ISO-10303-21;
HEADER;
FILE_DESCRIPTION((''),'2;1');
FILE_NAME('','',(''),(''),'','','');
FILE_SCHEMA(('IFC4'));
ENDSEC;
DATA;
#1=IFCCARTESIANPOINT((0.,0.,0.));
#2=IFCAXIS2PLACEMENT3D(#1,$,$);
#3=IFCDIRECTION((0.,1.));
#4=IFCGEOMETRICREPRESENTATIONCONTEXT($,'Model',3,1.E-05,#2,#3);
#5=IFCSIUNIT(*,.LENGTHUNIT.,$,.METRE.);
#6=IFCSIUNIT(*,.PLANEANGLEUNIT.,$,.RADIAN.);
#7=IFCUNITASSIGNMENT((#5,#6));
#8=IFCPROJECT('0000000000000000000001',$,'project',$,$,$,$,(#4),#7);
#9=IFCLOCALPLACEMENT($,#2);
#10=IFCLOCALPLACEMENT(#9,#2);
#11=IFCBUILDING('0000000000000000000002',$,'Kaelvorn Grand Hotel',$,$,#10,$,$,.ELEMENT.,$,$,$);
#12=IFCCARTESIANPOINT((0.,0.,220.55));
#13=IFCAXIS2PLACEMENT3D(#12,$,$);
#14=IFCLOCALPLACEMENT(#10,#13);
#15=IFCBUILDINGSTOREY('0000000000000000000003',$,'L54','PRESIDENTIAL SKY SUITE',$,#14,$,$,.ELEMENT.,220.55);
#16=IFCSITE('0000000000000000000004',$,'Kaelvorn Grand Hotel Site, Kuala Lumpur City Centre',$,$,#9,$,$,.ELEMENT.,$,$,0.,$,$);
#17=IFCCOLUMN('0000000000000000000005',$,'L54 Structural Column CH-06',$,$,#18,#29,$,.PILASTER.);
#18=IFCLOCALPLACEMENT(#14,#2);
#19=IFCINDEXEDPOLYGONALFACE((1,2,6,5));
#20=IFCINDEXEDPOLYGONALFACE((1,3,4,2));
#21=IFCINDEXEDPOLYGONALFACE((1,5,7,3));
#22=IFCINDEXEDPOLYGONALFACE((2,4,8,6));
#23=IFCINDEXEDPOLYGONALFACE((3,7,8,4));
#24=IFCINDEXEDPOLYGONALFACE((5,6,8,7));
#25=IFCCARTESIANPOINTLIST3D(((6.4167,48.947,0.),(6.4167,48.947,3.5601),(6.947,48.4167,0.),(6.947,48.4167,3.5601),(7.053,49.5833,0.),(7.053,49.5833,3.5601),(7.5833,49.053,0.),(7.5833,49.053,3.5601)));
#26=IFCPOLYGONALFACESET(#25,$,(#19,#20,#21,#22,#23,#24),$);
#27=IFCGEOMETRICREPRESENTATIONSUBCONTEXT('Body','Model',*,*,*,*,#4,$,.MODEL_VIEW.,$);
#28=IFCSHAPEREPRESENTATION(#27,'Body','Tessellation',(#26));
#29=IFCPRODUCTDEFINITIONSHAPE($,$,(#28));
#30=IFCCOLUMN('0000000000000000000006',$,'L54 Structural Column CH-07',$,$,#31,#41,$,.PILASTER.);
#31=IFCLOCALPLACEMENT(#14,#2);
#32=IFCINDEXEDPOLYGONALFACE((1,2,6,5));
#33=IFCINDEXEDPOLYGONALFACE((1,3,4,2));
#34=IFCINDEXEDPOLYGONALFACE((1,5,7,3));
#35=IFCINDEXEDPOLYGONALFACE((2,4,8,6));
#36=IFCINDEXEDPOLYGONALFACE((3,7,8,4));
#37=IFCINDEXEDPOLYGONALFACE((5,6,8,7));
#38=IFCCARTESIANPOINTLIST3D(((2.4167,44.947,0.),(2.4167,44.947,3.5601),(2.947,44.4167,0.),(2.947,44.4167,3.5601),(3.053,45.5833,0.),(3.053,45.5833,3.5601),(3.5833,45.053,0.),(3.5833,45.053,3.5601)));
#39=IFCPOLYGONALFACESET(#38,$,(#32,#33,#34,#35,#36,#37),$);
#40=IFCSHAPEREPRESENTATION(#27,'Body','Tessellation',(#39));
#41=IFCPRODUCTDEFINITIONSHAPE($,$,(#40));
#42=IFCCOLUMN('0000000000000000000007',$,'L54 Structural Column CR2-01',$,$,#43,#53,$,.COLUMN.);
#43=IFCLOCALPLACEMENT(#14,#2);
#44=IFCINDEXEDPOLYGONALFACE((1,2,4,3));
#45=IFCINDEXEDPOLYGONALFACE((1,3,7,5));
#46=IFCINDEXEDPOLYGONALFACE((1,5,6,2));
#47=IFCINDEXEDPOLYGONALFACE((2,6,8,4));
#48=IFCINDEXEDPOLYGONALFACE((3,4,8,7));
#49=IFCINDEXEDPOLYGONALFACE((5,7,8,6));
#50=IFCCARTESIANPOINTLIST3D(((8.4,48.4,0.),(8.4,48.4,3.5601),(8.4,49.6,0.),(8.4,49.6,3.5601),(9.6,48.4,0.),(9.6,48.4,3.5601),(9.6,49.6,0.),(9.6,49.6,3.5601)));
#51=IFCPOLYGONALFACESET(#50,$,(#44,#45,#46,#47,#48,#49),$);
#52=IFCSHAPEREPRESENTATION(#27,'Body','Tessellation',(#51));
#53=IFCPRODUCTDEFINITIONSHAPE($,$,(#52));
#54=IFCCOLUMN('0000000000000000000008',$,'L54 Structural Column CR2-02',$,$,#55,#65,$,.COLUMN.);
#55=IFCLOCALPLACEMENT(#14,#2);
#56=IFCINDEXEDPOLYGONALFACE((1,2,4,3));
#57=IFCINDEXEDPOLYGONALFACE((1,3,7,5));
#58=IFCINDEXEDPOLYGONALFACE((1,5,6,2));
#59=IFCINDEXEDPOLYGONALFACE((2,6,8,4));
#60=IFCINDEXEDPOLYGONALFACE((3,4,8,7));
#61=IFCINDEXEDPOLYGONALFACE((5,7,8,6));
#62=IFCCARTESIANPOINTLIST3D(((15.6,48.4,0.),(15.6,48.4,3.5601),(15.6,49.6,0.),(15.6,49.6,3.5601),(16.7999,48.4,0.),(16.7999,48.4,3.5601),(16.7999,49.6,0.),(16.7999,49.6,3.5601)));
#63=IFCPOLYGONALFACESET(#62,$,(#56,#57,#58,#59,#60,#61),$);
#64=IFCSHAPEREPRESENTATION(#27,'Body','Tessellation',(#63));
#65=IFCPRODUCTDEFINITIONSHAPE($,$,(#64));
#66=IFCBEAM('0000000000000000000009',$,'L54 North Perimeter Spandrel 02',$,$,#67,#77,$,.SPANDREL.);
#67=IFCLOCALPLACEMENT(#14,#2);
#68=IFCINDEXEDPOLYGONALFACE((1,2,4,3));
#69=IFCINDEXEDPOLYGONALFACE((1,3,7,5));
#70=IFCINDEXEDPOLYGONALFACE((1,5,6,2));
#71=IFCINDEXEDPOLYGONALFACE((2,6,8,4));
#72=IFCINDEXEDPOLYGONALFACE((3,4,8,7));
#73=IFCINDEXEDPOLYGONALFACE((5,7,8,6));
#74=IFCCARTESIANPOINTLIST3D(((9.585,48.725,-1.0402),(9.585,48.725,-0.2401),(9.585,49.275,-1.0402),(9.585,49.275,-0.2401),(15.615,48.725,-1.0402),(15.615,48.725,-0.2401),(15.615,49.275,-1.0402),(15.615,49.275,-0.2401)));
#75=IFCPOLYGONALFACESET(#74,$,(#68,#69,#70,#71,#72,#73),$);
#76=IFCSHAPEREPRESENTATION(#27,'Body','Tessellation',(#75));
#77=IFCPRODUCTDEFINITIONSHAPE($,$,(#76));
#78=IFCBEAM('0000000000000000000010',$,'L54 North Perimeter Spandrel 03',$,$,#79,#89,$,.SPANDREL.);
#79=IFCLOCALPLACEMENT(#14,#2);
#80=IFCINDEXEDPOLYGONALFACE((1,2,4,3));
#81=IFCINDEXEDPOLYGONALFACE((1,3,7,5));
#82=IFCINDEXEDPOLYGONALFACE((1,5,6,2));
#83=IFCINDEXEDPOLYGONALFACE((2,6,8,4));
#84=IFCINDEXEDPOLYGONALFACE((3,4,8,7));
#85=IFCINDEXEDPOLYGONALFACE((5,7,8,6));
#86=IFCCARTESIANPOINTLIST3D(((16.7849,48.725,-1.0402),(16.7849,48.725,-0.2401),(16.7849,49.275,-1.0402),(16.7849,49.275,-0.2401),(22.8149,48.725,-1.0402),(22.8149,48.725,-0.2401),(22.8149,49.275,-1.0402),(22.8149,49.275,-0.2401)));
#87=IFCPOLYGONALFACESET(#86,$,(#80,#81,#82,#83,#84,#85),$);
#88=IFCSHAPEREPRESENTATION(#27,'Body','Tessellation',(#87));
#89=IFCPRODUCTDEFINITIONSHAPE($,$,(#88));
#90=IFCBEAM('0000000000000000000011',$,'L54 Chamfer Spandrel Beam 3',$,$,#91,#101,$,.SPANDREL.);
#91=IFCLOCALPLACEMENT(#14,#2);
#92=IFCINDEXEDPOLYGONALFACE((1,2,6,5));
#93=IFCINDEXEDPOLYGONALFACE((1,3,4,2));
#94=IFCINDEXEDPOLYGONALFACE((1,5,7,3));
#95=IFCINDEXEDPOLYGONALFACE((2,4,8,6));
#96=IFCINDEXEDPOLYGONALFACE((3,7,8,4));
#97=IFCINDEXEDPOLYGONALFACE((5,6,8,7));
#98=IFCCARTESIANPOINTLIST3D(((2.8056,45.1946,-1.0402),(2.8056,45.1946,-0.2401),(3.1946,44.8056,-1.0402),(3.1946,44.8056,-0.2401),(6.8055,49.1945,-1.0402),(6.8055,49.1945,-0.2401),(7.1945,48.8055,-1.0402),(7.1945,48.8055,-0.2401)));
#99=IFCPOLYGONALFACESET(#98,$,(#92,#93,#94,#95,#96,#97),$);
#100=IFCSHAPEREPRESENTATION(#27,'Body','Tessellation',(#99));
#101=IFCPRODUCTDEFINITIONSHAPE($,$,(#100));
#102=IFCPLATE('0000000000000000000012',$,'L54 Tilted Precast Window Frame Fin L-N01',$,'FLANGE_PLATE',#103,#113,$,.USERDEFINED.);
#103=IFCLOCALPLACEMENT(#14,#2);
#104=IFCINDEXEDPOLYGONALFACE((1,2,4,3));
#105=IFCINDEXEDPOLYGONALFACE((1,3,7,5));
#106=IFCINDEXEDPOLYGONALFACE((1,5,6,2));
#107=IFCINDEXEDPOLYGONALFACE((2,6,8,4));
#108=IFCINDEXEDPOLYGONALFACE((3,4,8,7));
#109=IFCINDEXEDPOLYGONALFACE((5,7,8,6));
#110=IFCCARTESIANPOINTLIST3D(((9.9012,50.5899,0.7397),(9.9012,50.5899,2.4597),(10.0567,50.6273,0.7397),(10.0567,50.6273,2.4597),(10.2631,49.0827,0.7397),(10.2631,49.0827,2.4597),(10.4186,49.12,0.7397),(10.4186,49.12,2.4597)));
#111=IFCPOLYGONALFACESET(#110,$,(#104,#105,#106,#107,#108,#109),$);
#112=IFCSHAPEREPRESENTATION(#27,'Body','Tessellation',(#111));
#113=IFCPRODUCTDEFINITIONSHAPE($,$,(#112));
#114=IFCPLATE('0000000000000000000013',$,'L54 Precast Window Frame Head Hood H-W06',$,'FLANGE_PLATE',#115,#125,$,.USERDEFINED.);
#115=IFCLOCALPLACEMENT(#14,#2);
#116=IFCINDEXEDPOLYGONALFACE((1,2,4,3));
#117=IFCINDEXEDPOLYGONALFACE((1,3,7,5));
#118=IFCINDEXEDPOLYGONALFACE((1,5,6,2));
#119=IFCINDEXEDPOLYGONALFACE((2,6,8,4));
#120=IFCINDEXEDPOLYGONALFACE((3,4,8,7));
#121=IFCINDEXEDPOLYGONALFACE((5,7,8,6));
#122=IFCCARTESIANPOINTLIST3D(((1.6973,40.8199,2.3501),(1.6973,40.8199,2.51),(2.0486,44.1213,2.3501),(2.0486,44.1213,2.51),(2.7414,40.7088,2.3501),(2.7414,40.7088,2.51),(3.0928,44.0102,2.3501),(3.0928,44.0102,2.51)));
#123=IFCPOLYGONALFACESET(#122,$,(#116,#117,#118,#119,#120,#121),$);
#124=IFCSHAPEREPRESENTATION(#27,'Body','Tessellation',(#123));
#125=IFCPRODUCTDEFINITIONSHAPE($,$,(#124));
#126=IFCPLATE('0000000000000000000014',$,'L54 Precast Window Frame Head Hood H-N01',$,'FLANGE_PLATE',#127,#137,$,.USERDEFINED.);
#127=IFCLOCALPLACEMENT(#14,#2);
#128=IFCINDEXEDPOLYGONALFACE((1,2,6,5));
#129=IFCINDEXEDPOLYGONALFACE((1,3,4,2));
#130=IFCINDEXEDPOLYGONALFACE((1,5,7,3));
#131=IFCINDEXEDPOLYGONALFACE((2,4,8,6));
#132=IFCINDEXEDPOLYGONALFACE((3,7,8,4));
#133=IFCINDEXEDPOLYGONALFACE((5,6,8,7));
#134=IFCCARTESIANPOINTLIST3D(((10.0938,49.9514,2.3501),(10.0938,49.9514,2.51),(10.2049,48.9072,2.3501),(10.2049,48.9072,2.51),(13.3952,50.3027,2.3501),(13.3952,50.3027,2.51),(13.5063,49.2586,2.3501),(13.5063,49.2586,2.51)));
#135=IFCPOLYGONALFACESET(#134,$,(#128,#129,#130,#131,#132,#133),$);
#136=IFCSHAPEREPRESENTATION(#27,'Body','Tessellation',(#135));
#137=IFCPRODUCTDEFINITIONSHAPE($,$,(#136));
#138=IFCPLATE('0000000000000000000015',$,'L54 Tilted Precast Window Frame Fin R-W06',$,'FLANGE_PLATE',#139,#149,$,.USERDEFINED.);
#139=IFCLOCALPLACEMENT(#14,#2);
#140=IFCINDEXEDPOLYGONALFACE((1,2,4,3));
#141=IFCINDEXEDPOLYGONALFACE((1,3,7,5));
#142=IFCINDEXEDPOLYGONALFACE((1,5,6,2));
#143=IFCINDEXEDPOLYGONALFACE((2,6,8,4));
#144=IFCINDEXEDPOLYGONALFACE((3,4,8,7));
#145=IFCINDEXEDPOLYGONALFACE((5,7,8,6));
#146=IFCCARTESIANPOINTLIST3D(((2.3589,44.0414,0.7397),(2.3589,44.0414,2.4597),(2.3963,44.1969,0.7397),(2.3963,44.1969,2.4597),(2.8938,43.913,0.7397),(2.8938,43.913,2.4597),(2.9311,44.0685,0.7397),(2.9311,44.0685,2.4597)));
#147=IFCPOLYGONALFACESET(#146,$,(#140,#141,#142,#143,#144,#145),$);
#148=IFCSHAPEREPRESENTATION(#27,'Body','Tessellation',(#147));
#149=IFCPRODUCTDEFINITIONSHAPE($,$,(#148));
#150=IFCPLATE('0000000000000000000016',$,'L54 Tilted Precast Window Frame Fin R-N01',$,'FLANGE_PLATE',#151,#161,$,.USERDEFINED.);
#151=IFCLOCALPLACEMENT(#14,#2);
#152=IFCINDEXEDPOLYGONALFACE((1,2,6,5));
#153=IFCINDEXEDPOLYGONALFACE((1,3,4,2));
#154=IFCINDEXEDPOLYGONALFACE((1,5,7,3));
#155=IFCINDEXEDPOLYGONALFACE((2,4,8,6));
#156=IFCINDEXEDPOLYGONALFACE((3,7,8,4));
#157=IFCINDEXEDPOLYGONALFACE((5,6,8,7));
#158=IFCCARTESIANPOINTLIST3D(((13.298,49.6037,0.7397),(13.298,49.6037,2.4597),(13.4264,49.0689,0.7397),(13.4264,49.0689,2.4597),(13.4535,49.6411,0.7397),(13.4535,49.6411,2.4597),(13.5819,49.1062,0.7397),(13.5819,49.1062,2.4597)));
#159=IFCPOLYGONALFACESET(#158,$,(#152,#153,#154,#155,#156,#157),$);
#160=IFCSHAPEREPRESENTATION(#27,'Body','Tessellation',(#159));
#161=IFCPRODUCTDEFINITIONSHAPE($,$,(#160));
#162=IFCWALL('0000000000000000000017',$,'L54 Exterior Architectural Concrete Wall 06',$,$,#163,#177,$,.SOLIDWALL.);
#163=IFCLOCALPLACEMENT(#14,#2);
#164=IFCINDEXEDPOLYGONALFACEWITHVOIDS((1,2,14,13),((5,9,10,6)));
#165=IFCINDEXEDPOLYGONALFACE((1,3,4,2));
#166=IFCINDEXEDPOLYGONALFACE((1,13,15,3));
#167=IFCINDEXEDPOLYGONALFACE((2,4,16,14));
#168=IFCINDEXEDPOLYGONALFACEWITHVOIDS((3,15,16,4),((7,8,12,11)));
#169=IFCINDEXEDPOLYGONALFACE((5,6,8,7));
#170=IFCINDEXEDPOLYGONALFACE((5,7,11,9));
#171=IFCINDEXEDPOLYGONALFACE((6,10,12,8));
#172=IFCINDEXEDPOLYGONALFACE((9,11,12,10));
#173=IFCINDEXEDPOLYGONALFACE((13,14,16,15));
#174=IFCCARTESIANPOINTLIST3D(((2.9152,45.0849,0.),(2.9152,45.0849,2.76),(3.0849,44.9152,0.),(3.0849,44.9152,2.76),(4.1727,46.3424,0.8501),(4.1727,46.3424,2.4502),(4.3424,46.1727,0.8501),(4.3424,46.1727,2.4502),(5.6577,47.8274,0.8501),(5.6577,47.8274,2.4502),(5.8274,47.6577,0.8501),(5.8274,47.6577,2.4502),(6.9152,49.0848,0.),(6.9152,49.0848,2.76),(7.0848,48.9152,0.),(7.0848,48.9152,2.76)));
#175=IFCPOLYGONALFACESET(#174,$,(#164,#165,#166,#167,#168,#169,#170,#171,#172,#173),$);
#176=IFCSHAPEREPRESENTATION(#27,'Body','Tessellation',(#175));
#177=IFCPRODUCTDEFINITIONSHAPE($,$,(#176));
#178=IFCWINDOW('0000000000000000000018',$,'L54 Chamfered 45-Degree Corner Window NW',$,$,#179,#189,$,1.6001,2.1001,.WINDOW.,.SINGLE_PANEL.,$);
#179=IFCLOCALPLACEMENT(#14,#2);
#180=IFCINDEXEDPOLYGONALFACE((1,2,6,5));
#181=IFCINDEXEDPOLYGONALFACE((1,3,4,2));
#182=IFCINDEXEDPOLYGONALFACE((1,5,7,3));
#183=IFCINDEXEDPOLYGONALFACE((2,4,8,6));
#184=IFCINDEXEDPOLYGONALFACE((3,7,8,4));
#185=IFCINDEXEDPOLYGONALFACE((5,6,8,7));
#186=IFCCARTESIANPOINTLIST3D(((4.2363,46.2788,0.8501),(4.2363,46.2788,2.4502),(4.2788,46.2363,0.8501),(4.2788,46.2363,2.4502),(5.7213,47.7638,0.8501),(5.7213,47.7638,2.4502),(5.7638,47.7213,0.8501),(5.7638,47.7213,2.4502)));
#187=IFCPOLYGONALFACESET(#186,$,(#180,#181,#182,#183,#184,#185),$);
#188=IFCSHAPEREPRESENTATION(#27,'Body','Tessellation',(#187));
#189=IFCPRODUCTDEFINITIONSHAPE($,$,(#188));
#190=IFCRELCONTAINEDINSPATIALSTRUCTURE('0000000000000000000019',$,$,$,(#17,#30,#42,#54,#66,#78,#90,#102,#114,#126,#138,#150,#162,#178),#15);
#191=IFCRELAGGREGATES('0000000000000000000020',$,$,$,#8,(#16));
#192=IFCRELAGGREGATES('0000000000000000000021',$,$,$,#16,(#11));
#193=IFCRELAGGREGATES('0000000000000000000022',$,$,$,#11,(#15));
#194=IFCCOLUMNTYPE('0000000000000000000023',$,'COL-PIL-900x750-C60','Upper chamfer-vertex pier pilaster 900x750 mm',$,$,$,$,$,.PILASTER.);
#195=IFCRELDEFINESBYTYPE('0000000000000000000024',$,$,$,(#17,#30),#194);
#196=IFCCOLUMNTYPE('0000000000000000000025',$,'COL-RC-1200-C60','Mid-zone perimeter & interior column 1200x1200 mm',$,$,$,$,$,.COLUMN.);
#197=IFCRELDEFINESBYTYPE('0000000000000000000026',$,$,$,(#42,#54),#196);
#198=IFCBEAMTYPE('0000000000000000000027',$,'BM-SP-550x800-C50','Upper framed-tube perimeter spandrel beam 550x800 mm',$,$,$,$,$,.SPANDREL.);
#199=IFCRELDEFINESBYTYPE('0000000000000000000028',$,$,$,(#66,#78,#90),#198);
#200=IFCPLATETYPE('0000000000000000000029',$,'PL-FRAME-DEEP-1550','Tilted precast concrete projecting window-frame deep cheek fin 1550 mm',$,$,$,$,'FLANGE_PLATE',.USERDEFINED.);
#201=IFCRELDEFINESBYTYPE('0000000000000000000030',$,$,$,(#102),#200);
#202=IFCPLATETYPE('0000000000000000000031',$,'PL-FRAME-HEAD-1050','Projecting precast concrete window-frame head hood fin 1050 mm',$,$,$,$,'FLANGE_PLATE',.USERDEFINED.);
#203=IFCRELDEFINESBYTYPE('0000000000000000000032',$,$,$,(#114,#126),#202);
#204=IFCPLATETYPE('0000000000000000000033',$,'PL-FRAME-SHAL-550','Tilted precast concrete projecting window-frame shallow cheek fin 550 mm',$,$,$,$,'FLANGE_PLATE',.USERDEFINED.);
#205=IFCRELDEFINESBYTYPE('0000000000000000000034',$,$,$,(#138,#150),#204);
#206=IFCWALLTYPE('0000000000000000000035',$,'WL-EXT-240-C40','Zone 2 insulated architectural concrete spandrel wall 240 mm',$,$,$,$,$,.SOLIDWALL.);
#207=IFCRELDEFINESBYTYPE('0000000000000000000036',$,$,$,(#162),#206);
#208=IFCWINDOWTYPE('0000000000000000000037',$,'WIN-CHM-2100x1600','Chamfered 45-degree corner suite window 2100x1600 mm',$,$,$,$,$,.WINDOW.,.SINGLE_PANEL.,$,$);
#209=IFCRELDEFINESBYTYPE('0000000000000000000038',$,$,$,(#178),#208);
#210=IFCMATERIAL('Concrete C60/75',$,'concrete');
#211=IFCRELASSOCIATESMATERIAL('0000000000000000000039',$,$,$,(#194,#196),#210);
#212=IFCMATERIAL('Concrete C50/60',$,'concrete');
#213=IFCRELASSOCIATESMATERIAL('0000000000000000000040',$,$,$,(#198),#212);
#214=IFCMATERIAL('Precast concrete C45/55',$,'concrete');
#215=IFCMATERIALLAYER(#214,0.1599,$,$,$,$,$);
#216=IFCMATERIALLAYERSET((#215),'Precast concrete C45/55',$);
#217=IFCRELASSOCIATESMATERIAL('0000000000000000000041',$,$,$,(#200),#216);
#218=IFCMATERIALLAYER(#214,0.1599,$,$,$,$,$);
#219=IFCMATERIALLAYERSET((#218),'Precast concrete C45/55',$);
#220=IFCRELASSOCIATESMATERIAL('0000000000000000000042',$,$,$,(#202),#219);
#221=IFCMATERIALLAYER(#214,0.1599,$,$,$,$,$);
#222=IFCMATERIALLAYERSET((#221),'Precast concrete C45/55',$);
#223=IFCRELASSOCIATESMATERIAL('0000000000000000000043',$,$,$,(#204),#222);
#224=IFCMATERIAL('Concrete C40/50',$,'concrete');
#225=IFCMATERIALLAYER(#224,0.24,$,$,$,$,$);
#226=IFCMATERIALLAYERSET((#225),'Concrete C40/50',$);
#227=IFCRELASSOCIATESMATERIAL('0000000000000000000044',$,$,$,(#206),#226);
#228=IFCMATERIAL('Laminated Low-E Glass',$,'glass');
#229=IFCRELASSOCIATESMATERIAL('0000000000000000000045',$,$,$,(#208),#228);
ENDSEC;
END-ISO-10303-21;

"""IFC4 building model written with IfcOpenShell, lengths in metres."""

from ifc_helpers import new_model, si_unit, direction, frame, frame_2d, origin, origin_2d, place, context, subcontext, project, spatial, rectangle, extrude, material, layer, layer_set, material_profile, profile_set, type_object, element, fill, save


model = new_model("IFC4")

# Units and contexts
model_context = context("Model", 3, precision=1e-05, world=origin(), true_north=direction((0.0, 1.0)))
body_context = subcontext(model_context, "Body", "Model", "MODEL_VIEW")
ifc_project = project(units=[si_unit("LENGTHUNIT", "METRE"), si_unit("PLANEANGLEUNIT", "RADIAN")], contexts=[model_context])

# Site, building, storey
site_placement = place(None, origin())
site = spatial("IfcSite", under=ifc_project, at=site_placement, Name="Kaelvorn Grand Hotel Site, Kuala Lumpur City Centre", CompositionType="ELEMENT", RefElevation=0.0)
building_placement = place(site_placement, origin())
building = spatial("IfcBuilding", under=site, at=building_placement, Name="Kaelvorn Grand Hotel", CompositionType="ELEMENT")
storey_placement = place(building_placement, frame((0.0, 0.0, 220.55)))
storey = spatial("IfcBuildingStorey", under=building, at=storey_placement, Name="L54", Description="PRESIDENTIAL SKY SUITE", CompositionType="ELEMENT", Elevation=220.55)

# Columns
ifc_material_1 = material(Name="Concrete C60/75", Category="concrete")
ifc_material_profile_1 = material_profile(ifc_material_1, rectangle(XDim=0.8999, YDim=0.75, at=origin_2d()), Name="RC PILASTER 900x750")
ifc_profile_set_1 = profile_set([ifc_material_profile_1], Name="Concrete C60/75")
column_type_1 = type_object("IfcColumnType", Name="COL-PIL-900x750-C60", Description="Upper chamfer-vertex pier pilaster 900x750 mm", PredefinedType="PILASTER", material=ifc_profile_set_1)
for number, where, z_axis, x_axis, name in (
    (1, (7.0, 49.0, 0.0), (0.0, 0.0, 1.0), (0.707107, 0.707107, 0.0), "L54 Structural Column CH-06"),
    (2, (3.0, 45.0, 0.0), (0.0, 0.0, 1.0), (0.707107, 0.707107, 0.0), "L54 Structural Column CH-07"),
):
    element("IfcColumn", number, at=place(storey_placement, frame(where, z_axis=z_axis, x_axis=x_axis)), inside=storey, type_object=column_type_1, Name=name, PredefinedType="PILASTER", context=body_context, shape_type="SweptSolid", body=[
        extrude(rectangle(XDim=0.8999, YDim=0.75, at=origin_2d()), origin(), (0.0, 0.0, 1.0), 3.5601),
    ])
ifc_material_profile_2 = material_profile(ifc_material_1, rectangle(XDim=1.2, YDim=1.2, at=origin_2d()), Name="RC COL 1200x1200")
ifc_profile_set_2 = profile_set([ifc_material_profile_2], Name="Concrete C60/75")
column_type_2 = type_object("IfcColumnType", Name="COL-RC-1200-C60", Description="Mid-zone perimeter & interior column 1200x1200 mm", PredefinedType="COLUMN", material=ifc_profile_set_2)
for number, where, z_axis, x_axis, name in (
    (3, (9.0, 49.0, 0.0), (0.0, 0.0, 1.0), (1.0, 0.0, 0.0), "L54 Structural Column CR2-01"),
    (4, (16.2, 49.0, 0.0), (0.0, 0.0, 1.0), (1.0, 0.0, 0.0), "L54 Structural Column CR2-02"),
):
    element("IfcColumn", number, at=place(storey_placement, frame(where, z_axis=z_axis, x_axis=x_axis)), inside=storey, type_object=column_type_2, Name=name, PredefinedType="COLUMN", context=body_context, shape_type="SweptSolid", body=[
        extrude(rectangle(XDim=1.2, YDim=1.2, at=origin_2d()), origin(), (0.0, 0.0, 1.0), 3.5601),
    ])

# Beams
ifc_material_2 = material(Name="Concrete C50/60", Category="concrete")
ifc_material_profile_3 = material_profile(ifc_material_2, rectangle(XDim=0.55, YDim=0.8, at=origin_2d()), Name="RC SPANDREL 550x800")
ifc_profile_set_3 = profile_set([ifc_material_profile_3], Name="Concrete C50/60")
beam_type = type_object("IfcBeamType", Name="BM-SP-550x800-C50", Description="Upper framed-tube perimeter spandrel beam 550x800 mm", PredefinedType="SPANDREL", material=ifc_profile_set_3)
for number, where, z_axis, x_axis, name in (
    (5, (9.585, 49.0, -0.6401), (1.0, 0.0, 0.0), (0.0, 1.0, 0.0), "L54 North Perimeter Spandrel 02"),
    (6, (16.7849, 49.0, -0.6401), (1.0, 0.0, 0.0), (0.0, 1.0, 0.0), "L54 North Perimeter Spandrel 03"),
):
    element("IfcBeam", number, at=place(storey_placement, frame(where, z_axis=z_axis, x_axis=x_axis)), inside=storey, type_object=beam_type, Name=name, PredefinedType="SPANDREL", context=body_context, shape_type="SweptSolid", body=[
        extrude(rectangle(XDim=0.55, YDim=0.8, at=origin_2d()), origin(), (0.0, 0.0, 1.0), 6.03),
    ])
beam_placement = place(storey_placement, frame((7.0, 49.0, -0.6401), z_axis=(-0.707107, -0.707107, 0.0), x_axis=(0.707107, -0.707107, 0.0)))
element("IfcBeam", 7, at=beam_placement, inside=storey, type_object=beam_type, Name="L54 Chamfer Spandrel Beam 3", PredefinedType="SPANDREL", context=body_context, shape_type="SweptSolid", body=[
    extrude(rectangle(XDim=0.55, YDim=0.8, at=origin_2d()), origin(), (0.0, 0.0, 1.0), 5.6567),
])

# Plates
ifc_material_3 = material(Name="Precast concrete C45/55", Category="concrete")
ifc_layer_1 = layer(ifc_material_3, 0.1599)
ifc_layer_set_1 = layer_set([ifc_layer_1], Name="Precast concrete C45/55")
plate_type_1 = type_object("IfcPlateType", Name="PL-FRAME-DEEP-1550", Description="Tilted precast concrete projecting window-frame deep cheek fin 1550 mm", ElementType="FLANGE_PLATE", PredefinedType="USERDEFINED", material=ifc_layer_set_1)
plate_placement = place(storey_placement, frame((10.1599, 49.855, 0.7397), z_axis=(0.0, 0.0, 1.0), x_axis=(0.97237, 0.233445, 0.0)))
element("IfcPlate", 8, at=plate_placement, inside=storey, type_object=plate_type_1, Name="L54 Tilted Precast Window Frame Fin L-N01", ObjectType="FLANGE_PLATE", PredefinedType="USERDEFINED", context=body_context, shape_type="SweptSolid", body=[
    extrude(rectangle(XDim=0.1599, YDim=1.55, at=origin_2d()), origin(), (0.0, 0.0, 1.0), 1.72),
])
ifc_layer_2 = layer(ifc_material_3, 0.1599)
ifc_layer_set_2 = layer_set([ifc_layer_2], Name="Precast concrete C45/55")
plate_type_2 = type_object("IfcPlateType", Name="PL-FRAME-HEAD-1050", Description="Projecting precast concrete window-frame head hood fin 1050 mm", ElementType="FLANGE_PLATE", PredefinedType="USERDEFINED", material=ifc_layer_set_2)
for number, where, z_axis, x_axis, name in (
    (9, (2.395, 42.415, 2.3501), (0.0, 0.0, 1.0), (0.10583, 0.994384, 0.0), "L54 Precast Window Frame Head Hood H-W06"),
    (10, (11.8, 49.605, 2.3501), (0.0, 0.0, 1.0), (0.994384, 0.10583, 0.0), "L54 Precast Window Frame Head Hood H-N01"),
):
    element("IfcPlate", number, at=place(storey_placement, frame(where, z_axis=z_axis, x_axis=x_axis)), inside=storey, type_object=plate_type_2, Name=name, ObjectType="FLANGE_PLATE", PredefinedType="USERDEFINED", context=body_context, shape_type="SweptSolid", body=[
        extrude(rectangle(XDim=3.3201, YDim=1.05, at=origin_2d()), origin(), (0.0, 0.0, 1.0), 0.1599),
    ])
ifc_layer_3 = layer(ifc_material_3, 0.1599)
ifc_layer_set_3 = layer_set([ifc_layer_3], Name="Precast concrete C45/55")
plate_type_3 = type_object("IfcPlateType", Name="PL-FRAME-SHAL-550", Description="Tilted precast concrete projecting window-frame shallow cheek fin 550 mm", ElementType="FLANGE_PLATE", PredefinedType="USERDEFINED", material=ifc_layer_set_3)
for number, where, z_axis, x_axis, name in (
    (11, (2.645, 44.0549, 0.7397), (0.0, 0.0, 1.0), (0.233445, 0.97237, 0.0), "L54 Tilted Precast Window Frame Fin R-W06"),
    (12, (13.4399, 49.355, 0.7397), (0.0, 0.0, 1.0), (0.97237, 0.233445, 0.0), "L54 Tilted Precast Window Frame Fin R-N01"),
):
    element("IfcPlate", number, at=place(storey_placement, frame(where, z_axis=z_axis, x_axis=x_axis)), inside=storey, type_object=plate_type_3, Name=name, ObjectType="FLANGE_PLATE", PredefinedType="USERDEFINED", context=body_context, shape_type="SweptSolid", body=[
        extrude(rectangle(XDim=0.1599, YDim=0.55, at=origin_2d()), origin(), (0.0, 0.0, 1.0), 1.72),
    ])

# Wall, opening, window
ifc_material_4 = material(Name="Concrete C40/50", Category="concrete")
ifc_layer_4 = layer(ifc_material_4, 0.24)
ifc_layer_set_4 = layer_set([ifc_layer_4], Name="Concrete C40/50")
wall_type_1 = type_object("IfcWallType", Name="WL-EXT-240-C40", Description="Zone 2 insulated architectural concrete spandrel wall 240 mm", PredefinedType="SOLIDWALL", material=ifc_layer_set_4)
wall_1_placement = place(storey_placement, frame((7.0, 49.0, 0.0), z_axis=(0.0, 0.0, 1.0), x_axis=(-0.707107, -0.707107, 0.0)))
wall_1 = element("IfcWall", 13, at=wall_1_placement, inside=storey, type_object=wall_type_1, Name="L54 Exterior Architectural Concrete Wall 06", PredefinedType="SOLIDWALL", context=body_context, shape_type="SweptSolid", body=[
    extrude(rectangle(XDim=5.6567, YDim=0.24, at=frame_2d((2.8284, 0.0))), origin(), (0.0, 0.0, 1.0), 2.76),
])
opening_1_placement = place(wall_1_placement, frame((1.7783, 0.0, 0.8501)))
opening_1 = element("IfcOpeningElement", 14, at=opening_1_placement, cuts=wall_1, PredefinedType="OPENING", context=body_context, shape_type="SweptSolid", body=[
    extrude(rectangle(XDim=2.1001, YDim=1.6001, at=frame_2d((1.05, 0.8))), frame((0.0, 0.1299, 0.0), z_axis=(0.0, -1.0, 0.0), x_axis=(1.0, 0.0, 0.0)), (0.0, 0.0, 1.0), 0.26),
])
ifc_material_5 = material(Name="Laminated Low-E Glass", Category="glass")
window_type_1 = type_object("IfcWindowType", Name="WIN-CHM-2100x1600", Description="Chamfered 45-degree corner suite window 2100x1600 mm", PartitioningType="SINGLE_PANEL", PredefinedType="WINDOW", material=ifc_material_5)
window_1_placement = place(opening_1_placement, origin())
window_1 = element("IfcWindow", 15, at=window_1_placement, inside=storey, type_object=window_type_1, Name="L54 Chamfered 45-Degree Corner Window NW", OverallHeight=1.6001, OverallWidth=2.1001, PartitioningType="SINGLE_PANEL", PredefinedType="WINDOW", context=body_context, shape_type="SweptSolid", body=[
    extrude(rectangle(XDim=2.1001, YDim=1.6001, at=frame_2d((1.05, 0.8))), frame((0.0, 0.03, 0.0), z_axis=(0.0, -1.0, 0.0), x_axis=(1.0, 0.0, 0.0)), (0.0, 0.0, 1.0), 0.0601),
])
fill(opening_1, window_1)

save(model, "model.ifc")
